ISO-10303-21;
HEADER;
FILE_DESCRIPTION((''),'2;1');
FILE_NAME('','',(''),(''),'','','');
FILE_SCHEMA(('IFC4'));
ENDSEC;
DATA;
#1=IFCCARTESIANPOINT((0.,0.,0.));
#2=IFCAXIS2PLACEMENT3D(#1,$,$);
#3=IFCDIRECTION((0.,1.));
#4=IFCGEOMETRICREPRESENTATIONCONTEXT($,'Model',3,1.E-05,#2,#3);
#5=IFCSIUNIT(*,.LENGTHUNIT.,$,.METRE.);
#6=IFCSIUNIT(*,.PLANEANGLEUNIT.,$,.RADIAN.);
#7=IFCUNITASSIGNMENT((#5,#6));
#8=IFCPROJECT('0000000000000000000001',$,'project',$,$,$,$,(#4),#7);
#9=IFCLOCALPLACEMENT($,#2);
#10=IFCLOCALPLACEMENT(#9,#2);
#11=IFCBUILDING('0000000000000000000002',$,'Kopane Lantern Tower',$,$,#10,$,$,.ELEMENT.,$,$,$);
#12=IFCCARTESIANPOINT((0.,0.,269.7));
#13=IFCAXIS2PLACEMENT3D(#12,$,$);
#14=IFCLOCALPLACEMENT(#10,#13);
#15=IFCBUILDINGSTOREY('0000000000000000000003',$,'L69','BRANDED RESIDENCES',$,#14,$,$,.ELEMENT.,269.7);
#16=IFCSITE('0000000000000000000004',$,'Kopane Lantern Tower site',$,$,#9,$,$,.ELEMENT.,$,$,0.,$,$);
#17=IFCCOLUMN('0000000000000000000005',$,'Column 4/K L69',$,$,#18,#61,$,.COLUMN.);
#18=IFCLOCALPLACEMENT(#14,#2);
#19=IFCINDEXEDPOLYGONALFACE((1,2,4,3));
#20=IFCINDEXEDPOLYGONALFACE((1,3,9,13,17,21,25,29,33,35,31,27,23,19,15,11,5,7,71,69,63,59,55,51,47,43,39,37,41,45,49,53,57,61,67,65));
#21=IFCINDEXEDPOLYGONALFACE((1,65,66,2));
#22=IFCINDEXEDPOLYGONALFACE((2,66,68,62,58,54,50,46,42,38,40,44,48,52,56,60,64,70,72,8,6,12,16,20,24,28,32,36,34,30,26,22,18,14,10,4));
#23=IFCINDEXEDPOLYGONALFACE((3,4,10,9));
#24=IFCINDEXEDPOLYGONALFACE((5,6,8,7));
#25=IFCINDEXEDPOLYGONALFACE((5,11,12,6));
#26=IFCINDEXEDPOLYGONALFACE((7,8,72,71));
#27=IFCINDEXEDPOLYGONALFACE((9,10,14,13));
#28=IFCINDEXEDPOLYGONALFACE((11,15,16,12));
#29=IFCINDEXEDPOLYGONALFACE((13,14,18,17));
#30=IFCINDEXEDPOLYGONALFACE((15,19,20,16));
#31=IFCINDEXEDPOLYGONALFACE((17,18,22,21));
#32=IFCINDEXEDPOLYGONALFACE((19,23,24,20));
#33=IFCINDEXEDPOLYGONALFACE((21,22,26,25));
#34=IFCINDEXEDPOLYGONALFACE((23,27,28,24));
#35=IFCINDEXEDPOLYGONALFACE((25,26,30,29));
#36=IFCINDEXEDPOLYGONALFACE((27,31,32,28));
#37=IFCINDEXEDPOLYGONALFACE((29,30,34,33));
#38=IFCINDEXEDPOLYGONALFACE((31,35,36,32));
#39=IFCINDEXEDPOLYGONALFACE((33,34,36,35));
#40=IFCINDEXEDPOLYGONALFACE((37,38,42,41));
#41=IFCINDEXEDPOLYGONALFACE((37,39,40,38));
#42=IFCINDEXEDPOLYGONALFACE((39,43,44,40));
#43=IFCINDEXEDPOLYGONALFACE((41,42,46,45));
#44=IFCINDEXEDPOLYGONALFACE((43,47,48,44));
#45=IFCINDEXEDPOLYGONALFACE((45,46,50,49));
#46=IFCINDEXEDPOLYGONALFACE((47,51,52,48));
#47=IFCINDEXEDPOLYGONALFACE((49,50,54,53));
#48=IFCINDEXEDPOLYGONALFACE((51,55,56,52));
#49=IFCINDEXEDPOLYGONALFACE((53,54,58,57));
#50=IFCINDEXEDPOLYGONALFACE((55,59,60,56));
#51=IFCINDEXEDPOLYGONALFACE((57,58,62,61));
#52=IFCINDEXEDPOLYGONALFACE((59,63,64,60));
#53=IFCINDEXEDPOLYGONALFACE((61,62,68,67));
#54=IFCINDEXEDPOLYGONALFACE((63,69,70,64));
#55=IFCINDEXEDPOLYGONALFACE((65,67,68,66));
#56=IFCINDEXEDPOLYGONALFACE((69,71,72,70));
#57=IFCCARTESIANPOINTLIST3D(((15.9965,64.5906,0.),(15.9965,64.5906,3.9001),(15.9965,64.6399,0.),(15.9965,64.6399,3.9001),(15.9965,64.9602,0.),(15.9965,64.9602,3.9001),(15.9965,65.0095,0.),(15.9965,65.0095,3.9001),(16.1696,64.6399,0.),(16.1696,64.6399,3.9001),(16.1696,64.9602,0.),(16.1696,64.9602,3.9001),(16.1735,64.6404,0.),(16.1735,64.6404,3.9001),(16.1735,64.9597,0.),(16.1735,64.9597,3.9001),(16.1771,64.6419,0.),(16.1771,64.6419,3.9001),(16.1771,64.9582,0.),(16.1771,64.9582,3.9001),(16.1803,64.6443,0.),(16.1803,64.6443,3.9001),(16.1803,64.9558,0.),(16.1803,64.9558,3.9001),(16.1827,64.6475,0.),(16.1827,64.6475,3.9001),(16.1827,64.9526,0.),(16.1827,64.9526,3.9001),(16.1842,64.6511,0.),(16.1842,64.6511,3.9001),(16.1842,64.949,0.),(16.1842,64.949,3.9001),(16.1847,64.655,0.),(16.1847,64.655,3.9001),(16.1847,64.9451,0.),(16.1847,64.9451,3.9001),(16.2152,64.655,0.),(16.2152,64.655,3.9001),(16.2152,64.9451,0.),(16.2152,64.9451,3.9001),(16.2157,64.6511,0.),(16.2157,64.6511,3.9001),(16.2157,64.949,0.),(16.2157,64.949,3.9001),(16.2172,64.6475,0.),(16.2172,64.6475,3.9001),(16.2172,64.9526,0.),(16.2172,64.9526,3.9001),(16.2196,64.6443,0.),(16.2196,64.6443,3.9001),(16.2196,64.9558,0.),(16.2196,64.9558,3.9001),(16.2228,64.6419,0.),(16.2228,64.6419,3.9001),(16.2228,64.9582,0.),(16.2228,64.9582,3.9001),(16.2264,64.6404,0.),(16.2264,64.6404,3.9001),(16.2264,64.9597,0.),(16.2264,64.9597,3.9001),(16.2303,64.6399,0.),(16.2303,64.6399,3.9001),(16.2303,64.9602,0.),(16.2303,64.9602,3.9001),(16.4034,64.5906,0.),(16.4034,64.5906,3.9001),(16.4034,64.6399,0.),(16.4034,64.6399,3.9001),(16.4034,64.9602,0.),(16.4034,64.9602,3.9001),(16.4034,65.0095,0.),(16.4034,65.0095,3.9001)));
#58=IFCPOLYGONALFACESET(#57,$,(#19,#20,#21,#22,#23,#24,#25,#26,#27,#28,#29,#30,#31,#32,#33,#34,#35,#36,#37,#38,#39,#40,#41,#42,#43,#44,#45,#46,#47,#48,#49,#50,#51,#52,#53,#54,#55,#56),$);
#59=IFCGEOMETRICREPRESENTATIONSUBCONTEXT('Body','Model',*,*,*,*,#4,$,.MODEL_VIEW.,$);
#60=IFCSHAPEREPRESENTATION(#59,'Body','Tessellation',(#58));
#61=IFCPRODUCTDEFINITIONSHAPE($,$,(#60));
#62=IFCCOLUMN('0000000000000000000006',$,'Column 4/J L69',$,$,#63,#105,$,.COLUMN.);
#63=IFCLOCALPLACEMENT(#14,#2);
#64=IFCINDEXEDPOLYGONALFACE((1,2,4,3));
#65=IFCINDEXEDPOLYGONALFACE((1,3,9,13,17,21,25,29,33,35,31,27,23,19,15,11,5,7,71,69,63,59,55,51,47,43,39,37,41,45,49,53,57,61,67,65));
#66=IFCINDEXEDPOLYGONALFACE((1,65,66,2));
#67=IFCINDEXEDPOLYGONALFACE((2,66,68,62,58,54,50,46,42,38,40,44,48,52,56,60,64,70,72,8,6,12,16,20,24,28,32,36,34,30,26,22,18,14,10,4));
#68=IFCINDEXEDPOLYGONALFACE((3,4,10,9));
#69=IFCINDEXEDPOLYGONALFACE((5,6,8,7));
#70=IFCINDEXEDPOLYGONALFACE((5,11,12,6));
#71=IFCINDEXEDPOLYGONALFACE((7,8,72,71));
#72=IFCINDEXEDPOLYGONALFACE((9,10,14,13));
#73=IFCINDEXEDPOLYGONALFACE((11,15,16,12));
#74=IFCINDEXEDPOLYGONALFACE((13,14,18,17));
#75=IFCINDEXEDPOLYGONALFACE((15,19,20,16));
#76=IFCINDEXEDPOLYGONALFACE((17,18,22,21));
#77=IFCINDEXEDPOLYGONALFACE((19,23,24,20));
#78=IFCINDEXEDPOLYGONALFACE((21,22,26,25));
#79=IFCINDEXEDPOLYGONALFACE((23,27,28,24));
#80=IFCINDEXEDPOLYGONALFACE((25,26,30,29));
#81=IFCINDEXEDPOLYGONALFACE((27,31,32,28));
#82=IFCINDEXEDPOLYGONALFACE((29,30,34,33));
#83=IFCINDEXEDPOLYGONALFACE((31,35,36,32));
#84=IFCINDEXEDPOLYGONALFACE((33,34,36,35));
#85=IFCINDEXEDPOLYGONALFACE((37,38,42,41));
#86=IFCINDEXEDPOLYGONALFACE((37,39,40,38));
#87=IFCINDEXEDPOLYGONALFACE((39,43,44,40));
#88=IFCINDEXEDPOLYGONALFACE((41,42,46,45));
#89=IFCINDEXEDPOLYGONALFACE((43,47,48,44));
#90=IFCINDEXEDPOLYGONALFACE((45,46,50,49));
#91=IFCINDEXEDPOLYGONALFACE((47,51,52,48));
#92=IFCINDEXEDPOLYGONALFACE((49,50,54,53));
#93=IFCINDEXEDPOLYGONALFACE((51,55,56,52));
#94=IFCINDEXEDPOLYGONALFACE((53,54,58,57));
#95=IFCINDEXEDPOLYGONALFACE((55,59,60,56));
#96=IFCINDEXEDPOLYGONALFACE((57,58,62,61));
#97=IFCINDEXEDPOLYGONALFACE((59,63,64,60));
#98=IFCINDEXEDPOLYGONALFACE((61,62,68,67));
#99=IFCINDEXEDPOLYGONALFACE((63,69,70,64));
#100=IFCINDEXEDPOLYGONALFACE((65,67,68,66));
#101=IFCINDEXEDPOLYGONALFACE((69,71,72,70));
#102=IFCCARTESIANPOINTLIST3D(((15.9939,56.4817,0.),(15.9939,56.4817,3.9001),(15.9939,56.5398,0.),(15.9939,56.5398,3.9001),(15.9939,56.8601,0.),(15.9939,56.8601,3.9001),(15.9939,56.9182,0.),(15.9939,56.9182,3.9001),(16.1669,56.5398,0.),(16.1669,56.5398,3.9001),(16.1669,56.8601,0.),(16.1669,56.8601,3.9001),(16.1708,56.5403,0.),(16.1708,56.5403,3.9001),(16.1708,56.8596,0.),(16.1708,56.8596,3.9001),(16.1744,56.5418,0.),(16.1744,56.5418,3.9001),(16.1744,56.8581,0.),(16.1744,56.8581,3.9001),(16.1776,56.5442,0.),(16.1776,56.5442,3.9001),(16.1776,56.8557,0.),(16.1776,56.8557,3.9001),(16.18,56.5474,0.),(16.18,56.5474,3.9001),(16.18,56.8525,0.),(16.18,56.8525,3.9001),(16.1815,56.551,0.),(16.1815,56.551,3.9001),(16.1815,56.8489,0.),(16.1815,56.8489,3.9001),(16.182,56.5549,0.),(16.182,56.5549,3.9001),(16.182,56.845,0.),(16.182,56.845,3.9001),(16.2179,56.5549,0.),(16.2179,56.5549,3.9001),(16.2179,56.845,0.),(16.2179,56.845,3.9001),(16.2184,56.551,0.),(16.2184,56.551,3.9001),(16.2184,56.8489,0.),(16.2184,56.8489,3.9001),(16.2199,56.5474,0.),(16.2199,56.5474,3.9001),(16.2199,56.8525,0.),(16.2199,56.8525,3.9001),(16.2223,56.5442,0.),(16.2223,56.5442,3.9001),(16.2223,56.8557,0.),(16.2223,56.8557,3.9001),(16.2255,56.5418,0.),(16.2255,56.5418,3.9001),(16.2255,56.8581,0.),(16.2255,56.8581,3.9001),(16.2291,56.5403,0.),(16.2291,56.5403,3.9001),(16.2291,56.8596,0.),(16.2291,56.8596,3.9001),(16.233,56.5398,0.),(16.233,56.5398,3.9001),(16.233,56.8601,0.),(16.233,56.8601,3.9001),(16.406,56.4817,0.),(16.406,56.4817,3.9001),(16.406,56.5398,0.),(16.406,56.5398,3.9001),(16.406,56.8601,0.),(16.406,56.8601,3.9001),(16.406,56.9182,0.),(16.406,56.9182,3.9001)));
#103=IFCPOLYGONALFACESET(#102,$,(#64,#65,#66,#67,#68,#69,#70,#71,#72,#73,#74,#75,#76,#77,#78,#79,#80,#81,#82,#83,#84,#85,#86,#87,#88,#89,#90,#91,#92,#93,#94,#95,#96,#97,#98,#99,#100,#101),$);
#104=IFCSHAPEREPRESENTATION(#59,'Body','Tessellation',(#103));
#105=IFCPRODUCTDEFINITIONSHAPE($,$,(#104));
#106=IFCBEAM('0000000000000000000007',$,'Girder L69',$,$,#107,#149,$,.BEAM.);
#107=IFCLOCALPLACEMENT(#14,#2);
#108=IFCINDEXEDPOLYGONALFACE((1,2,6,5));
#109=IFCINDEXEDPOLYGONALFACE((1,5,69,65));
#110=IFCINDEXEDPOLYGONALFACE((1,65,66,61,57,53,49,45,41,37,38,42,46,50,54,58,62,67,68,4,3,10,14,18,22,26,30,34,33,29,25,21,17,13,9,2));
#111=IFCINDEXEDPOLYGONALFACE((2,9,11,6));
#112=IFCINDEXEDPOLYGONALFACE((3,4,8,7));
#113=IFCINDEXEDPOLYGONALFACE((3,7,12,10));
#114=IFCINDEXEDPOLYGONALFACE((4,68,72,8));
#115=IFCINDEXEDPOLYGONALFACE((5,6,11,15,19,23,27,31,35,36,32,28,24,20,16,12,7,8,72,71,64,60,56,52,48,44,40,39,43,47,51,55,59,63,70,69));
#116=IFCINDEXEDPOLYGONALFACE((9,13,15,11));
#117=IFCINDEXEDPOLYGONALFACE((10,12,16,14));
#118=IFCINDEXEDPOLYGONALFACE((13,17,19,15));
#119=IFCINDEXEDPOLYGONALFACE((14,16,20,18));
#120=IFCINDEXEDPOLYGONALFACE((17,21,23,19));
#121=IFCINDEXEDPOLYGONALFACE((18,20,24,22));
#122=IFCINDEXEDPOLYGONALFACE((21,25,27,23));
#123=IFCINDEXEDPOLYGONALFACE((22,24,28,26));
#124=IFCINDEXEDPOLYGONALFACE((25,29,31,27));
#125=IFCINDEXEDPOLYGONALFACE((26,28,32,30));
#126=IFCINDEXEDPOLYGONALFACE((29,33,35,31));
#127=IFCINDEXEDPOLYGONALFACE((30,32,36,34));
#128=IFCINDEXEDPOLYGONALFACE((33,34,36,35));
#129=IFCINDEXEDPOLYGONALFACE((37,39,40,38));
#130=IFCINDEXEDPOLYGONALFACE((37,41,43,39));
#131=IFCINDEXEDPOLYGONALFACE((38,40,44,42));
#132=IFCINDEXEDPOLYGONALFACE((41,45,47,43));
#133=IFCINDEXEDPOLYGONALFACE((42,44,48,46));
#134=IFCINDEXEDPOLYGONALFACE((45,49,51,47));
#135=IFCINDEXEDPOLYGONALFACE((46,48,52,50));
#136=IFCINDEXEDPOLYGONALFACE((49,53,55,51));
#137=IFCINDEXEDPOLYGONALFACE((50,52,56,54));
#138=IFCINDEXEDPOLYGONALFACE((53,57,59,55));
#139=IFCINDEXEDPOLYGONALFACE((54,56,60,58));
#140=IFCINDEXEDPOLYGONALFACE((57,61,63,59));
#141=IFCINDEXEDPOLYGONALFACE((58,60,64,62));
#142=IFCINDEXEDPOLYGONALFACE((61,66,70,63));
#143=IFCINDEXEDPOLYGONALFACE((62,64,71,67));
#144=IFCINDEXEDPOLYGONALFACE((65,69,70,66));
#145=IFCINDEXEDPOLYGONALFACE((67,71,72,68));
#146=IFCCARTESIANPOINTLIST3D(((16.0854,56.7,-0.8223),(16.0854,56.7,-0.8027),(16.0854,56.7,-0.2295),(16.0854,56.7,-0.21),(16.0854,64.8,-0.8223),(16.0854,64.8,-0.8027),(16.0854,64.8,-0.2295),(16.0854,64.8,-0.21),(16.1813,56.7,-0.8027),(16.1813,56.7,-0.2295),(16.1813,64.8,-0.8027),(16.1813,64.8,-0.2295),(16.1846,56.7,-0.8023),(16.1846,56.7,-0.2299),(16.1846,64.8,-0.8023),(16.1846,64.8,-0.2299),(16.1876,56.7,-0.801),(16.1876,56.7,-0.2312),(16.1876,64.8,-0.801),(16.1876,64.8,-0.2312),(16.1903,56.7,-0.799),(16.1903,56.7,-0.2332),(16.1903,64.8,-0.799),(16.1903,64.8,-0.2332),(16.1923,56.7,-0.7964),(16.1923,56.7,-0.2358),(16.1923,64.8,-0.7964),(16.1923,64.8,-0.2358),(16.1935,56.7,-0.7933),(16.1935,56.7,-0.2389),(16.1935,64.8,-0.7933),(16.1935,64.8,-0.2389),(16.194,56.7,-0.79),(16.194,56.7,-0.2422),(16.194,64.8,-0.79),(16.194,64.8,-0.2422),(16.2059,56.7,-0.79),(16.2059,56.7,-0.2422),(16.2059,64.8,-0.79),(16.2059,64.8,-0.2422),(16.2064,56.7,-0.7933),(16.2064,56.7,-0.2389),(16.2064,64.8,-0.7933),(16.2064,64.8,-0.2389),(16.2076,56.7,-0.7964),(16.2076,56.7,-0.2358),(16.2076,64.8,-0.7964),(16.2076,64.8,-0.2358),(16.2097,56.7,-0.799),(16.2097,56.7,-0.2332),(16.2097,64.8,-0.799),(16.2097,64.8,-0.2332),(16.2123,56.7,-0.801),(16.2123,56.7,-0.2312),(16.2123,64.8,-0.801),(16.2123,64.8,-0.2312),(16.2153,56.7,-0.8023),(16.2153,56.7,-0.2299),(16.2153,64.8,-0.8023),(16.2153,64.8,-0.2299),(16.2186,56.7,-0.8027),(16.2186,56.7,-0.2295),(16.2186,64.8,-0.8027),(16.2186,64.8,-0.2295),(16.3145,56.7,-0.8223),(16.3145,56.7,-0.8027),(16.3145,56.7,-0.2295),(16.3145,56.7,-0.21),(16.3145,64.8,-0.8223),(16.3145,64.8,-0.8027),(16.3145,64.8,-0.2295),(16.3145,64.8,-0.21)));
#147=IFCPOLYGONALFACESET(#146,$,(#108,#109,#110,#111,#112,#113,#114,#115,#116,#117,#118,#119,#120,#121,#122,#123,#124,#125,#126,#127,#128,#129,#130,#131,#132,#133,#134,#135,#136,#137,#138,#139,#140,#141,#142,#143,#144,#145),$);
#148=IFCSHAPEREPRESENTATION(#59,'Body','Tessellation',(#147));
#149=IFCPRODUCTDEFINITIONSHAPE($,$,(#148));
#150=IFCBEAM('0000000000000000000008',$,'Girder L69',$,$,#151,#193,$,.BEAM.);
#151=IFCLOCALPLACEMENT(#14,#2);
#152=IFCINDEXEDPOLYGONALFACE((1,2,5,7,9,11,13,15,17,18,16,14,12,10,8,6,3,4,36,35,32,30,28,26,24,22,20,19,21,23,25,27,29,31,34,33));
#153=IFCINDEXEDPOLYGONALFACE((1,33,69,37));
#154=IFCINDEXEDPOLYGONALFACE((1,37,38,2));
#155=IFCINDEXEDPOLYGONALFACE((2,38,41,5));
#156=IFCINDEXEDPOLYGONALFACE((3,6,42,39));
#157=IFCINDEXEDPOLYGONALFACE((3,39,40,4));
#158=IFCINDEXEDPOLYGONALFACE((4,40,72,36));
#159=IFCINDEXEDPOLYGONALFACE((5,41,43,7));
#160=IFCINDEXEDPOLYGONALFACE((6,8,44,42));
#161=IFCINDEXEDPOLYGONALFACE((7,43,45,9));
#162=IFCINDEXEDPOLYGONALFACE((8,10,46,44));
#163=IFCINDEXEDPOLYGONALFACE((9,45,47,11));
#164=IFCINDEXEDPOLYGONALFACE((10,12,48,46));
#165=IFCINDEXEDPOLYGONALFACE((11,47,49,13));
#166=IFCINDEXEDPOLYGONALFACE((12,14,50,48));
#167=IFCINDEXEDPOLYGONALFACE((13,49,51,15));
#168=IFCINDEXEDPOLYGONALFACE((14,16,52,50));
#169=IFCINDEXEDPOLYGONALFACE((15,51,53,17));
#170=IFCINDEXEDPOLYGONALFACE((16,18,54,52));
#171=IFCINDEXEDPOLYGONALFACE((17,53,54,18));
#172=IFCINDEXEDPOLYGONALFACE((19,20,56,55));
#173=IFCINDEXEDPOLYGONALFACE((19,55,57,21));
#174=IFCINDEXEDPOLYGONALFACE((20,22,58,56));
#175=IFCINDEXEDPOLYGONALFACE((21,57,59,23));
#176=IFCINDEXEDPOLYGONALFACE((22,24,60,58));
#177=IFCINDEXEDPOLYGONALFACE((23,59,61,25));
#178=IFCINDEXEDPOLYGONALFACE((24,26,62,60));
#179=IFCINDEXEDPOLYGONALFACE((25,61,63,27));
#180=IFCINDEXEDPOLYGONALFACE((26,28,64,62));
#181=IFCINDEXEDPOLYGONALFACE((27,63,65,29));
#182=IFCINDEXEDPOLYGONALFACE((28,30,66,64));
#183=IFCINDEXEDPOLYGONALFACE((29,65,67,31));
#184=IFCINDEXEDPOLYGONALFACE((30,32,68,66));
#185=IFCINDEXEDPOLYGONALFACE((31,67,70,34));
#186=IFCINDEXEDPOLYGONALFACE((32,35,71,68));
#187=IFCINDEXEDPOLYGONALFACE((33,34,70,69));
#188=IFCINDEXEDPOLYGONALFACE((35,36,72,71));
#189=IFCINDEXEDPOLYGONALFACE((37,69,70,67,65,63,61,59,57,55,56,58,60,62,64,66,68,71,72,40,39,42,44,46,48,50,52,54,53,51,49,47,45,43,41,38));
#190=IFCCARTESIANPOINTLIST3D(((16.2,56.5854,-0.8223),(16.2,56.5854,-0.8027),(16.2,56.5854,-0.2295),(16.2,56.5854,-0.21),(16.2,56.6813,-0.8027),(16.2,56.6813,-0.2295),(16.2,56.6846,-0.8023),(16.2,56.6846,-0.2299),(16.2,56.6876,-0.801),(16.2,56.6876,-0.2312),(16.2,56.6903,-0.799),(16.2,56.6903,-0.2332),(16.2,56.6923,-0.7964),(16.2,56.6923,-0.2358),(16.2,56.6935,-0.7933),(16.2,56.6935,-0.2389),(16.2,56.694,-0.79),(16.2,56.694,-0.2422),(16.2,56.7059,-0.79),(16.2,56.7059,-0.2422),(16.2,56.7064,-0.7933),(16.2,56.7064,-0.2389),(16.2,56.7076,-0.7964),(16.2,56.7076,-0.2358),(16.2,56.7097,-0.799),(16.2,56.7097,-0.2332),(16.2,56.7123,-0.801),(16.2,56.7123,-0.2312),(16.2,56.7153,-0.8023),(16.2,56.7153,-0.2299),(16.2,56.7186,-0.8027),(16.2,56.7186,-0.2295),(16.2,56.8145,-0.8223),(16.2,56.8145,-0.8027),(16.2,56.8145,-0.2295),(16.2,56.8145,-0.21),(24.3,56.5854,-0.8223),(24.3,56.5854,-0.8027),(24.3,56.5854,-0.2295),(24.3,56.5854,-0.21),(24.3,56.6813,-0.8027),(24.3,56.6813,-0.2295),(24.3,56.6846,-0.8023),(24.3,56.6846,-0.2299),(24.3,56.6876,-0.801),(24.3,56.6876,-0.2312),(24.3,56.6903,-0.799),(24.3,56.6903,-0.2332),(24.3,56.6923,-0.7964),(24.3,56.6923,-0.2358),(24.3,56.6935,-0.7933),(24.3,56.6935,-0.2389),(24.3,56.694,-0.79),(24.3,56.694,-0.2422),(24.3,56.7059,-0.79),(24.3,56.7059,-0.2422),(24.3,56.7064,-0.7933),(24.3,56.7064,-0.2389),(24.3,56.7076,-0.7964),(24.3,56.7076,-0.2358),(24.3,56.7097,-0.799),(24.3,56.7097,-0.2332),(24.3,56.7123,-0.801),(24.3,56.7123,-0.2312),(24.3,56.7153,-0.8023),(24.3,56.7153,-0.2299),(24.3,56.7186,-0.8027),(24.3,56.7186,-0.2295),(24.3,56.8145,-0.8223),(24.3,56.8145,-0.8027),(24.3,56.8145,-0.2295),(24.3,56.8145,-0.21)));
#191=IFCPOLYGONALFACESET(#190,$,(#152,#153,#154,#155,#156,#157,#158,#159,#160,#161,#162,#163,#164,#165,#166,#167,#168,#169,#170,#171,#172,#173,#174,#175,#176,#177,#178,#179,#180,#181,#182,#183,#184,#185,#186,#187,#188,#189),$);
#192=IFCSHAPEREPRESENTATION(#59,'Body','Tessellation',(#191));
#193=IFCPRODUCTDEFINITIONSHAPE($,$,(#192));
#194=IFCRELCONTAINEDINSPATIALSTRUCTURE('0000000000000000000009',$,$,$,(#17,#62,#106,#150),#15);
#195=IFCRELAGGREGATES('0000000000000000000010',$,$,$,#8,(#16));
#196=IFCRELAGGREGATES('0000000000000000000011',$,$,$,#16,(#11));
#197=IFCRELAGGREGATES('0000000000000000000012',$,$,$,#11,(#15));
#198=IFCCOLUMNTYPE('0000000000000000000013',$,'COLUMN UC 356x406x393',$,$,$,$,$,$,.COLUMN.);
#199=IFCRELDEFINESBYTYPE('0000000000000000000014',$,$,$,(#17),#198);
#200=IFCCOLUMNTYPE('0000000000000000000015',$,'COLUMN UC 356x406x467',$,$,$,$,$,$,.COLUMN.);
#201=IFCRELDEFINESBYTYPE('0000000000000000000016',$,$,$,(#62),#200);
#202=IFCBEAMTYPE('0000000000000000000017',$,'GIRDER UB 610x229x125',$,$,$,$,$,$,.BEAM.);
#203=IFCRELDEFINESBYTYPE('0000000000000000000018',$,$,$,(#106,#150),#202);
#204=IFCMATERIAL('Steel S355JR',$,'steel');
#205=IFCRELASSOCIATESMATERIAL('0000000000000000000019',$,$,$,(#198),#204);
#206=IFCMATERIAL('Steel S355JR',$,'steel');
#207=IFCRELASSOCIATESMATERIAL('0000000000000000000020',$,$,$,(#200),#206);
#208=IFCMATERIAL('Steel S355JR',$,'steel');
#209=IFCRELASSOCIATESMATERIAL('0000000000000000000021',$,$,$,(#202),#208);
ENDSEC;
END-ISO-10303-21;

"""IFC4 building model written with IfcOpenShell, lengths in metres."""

from ifc_helpers import new_model, si_unit, direction, frame, origin, origin_2d, place, context, subcontext, project, spatial, i_section, extrude, material, material_profile, profile_set, type_object, element, save


model = new_model("IFC4")

# Units and contexts
model_context = context("Model", 3, precision=1e-05, world=origin(), true_north=direction((0.0, 1.0)))
body_context = subcontext(model_context, "Body", "Model", "MODEL_VIEW")
ifc_project = project(units=[si_unit("LENGTHUNIT", "METRE"), si_unit("PLANEANGLEUNIT", "RADIAN")], contexts=[model_context])

# Site, building, storey
site_placement = place(None, origin())
site = spatial("IfcSite", under=ifc_project, at=site_placement, Name="Kopane Lantern Tower site", CompositionType="ELEMENT", RefElevation=0.0)
building_placement = place(site_placement, origin())
building = spatial("IfcBuilding", under=site, at=building_placement, Name="Kopane Lantern Tower", CompositionType="ELEMENT")
storey_placement = place(building_placement, frame((0.0, 0.0, 269.7)))
storey = spatial("IfcBuildingStorey", under=building, at=storey_placement, Name="L69", Description="BRANDED RESIDENCES", CompositionType="ELEMENT", Elevation=269.7)

# Columns
ifc_material_1 = material(Name="Steel S355JR", Category="steel")
ifc_material_profile_1 = material_profile(ifc_material_1, i_section(OverallWidth=0.407, OverallDepth=0.4189, WebThickness=0.0305, FlangeThickness=0.0493, FilletRadius=0.0151, at=origin_2d()), Name="UC 356x406x393")
ifc_profile_set_1 = profile_set([ifc_material_profile_1], Name="Steel S355JR")
column_type_1 = type_object("IfcColumnType", Name="COLUMN UC 356x406x393", PredefinedType="COLUMN", material=ifc_profile_set_1)
column_1_placement = place(storey_placement, frame((16.2, 64.8, 0.0), z_axis=(0.0, 0.0, 1.0), x_axis=(1.0, 0.0, 0.0)))
element("IfcColumn", 1, at=column_1_placement, inside=storey, type_object=column_type_1, Name="Column 4/K L69", PredefinedType="COLUMN", context=body_context, shape_type="SweptSolid", body=[
    extrude(i_section(OverallWidth=0.407, OverallDepth=0.4189, WebThickness=0.0305, FlangeThickness=0.0493, FilletRadius=0.0151, at=origin_2d()), origin(), (0.0, 0.0, 1.0), 3.9001),
])
ifc_material_2 = material(Name="Steel S355JR", Category="steel")
ifc_material_profile_2 = material_profile(ifc_material_2, i_section(OverallWidth=0.4121, OverallDepth=0.4365, WebThickness=0.0359, FlangeThickness=0.0581, FilletRadius=0.0151, at=origin_2d()), Name="UC 356x406x467")
ifc_profile_set_2 = profile_set([ifc_material_profile_2], Name="Steel S355JR")
column_type_2 = type_object("IfcColumnType", Name="COLUMN UC 356x406x467", PredefinedType="COLUMN", material=ifc_profile_set_2)
column_2_placement = place(storey_placement, frame((16.2, 56.7, 0.0), z_axis=(0.0, 0.0, 1.0), x_axis=(1.0, 0.0, 0.0)))
element("IfcColumn", 2, at=column_2_placement, inside=storey, type_object=column_type_2, Name="Column 4/J L69", PredefinedType="COLUMN", context=body_context, shape_type="SweptSolid", body=[
    extrude(i_section(OverallWidth=0.4121, OverallDepth=0.4365, WebThickness=0.0359, FlangeThickness=0.0581, FilletRadius=0.0151, at=origin_2d()), origin(), (0.0, 0.0, 1.0), 3.9001),
])

# Beams
ifc_material_3 = material(Name="Steel S355JR", Category="steel")
ifc_material_profile_3 = material_profile(ifc_material_3, i_section(OverallWidth=0.229, OverallDepth=0.6123, WebThickness=0.012, FlangeThickness=0.0195, FilletRadius=0.0127, at=origin_2d()), Name="UB 610x229x125")
ifc_profile_set_3 = profile_set([ifc_material_profile_3], Name="Steel S355JR")
beam_type = type_object("IfcBeamType", Name="GIRDER UB 610x229x125", PredefinedType="BEAM", material=ifc_profile_set_3)
for number, where, z_axis, x_axis, name in (
    (3, (16.2, 56.7, -0.5161), (0.0, 1.0, 0.0), (-1.0, 0.0, 0.0), "Girder L69"),
    (4, (16.2, 56.7, -0.5161), (1.0, 0.0, 0.0), (0.0, 1.0, 0.0), "Girder L69"),
):
    element("IfcBeam", number, at=place(storey_placement, frame(where, z_axis=z_axis, x_axis=x_axis)), inside=storey, type_object=beam_type, Name=name, PredefinedType="BEAM", context=body_context, shape_type="SweptSolid", body=[
        extrude(i_section(OverallWidth=0.229, OverallDepth=0.6123, WebThickness=0.012, FlangeThickness=0.0195, FilletRadius=0.0127, at=origin_2d()), origin(), (0.0, 0.0, 1.0), 8.1001),
    ])

save(model, "model.ifc")
